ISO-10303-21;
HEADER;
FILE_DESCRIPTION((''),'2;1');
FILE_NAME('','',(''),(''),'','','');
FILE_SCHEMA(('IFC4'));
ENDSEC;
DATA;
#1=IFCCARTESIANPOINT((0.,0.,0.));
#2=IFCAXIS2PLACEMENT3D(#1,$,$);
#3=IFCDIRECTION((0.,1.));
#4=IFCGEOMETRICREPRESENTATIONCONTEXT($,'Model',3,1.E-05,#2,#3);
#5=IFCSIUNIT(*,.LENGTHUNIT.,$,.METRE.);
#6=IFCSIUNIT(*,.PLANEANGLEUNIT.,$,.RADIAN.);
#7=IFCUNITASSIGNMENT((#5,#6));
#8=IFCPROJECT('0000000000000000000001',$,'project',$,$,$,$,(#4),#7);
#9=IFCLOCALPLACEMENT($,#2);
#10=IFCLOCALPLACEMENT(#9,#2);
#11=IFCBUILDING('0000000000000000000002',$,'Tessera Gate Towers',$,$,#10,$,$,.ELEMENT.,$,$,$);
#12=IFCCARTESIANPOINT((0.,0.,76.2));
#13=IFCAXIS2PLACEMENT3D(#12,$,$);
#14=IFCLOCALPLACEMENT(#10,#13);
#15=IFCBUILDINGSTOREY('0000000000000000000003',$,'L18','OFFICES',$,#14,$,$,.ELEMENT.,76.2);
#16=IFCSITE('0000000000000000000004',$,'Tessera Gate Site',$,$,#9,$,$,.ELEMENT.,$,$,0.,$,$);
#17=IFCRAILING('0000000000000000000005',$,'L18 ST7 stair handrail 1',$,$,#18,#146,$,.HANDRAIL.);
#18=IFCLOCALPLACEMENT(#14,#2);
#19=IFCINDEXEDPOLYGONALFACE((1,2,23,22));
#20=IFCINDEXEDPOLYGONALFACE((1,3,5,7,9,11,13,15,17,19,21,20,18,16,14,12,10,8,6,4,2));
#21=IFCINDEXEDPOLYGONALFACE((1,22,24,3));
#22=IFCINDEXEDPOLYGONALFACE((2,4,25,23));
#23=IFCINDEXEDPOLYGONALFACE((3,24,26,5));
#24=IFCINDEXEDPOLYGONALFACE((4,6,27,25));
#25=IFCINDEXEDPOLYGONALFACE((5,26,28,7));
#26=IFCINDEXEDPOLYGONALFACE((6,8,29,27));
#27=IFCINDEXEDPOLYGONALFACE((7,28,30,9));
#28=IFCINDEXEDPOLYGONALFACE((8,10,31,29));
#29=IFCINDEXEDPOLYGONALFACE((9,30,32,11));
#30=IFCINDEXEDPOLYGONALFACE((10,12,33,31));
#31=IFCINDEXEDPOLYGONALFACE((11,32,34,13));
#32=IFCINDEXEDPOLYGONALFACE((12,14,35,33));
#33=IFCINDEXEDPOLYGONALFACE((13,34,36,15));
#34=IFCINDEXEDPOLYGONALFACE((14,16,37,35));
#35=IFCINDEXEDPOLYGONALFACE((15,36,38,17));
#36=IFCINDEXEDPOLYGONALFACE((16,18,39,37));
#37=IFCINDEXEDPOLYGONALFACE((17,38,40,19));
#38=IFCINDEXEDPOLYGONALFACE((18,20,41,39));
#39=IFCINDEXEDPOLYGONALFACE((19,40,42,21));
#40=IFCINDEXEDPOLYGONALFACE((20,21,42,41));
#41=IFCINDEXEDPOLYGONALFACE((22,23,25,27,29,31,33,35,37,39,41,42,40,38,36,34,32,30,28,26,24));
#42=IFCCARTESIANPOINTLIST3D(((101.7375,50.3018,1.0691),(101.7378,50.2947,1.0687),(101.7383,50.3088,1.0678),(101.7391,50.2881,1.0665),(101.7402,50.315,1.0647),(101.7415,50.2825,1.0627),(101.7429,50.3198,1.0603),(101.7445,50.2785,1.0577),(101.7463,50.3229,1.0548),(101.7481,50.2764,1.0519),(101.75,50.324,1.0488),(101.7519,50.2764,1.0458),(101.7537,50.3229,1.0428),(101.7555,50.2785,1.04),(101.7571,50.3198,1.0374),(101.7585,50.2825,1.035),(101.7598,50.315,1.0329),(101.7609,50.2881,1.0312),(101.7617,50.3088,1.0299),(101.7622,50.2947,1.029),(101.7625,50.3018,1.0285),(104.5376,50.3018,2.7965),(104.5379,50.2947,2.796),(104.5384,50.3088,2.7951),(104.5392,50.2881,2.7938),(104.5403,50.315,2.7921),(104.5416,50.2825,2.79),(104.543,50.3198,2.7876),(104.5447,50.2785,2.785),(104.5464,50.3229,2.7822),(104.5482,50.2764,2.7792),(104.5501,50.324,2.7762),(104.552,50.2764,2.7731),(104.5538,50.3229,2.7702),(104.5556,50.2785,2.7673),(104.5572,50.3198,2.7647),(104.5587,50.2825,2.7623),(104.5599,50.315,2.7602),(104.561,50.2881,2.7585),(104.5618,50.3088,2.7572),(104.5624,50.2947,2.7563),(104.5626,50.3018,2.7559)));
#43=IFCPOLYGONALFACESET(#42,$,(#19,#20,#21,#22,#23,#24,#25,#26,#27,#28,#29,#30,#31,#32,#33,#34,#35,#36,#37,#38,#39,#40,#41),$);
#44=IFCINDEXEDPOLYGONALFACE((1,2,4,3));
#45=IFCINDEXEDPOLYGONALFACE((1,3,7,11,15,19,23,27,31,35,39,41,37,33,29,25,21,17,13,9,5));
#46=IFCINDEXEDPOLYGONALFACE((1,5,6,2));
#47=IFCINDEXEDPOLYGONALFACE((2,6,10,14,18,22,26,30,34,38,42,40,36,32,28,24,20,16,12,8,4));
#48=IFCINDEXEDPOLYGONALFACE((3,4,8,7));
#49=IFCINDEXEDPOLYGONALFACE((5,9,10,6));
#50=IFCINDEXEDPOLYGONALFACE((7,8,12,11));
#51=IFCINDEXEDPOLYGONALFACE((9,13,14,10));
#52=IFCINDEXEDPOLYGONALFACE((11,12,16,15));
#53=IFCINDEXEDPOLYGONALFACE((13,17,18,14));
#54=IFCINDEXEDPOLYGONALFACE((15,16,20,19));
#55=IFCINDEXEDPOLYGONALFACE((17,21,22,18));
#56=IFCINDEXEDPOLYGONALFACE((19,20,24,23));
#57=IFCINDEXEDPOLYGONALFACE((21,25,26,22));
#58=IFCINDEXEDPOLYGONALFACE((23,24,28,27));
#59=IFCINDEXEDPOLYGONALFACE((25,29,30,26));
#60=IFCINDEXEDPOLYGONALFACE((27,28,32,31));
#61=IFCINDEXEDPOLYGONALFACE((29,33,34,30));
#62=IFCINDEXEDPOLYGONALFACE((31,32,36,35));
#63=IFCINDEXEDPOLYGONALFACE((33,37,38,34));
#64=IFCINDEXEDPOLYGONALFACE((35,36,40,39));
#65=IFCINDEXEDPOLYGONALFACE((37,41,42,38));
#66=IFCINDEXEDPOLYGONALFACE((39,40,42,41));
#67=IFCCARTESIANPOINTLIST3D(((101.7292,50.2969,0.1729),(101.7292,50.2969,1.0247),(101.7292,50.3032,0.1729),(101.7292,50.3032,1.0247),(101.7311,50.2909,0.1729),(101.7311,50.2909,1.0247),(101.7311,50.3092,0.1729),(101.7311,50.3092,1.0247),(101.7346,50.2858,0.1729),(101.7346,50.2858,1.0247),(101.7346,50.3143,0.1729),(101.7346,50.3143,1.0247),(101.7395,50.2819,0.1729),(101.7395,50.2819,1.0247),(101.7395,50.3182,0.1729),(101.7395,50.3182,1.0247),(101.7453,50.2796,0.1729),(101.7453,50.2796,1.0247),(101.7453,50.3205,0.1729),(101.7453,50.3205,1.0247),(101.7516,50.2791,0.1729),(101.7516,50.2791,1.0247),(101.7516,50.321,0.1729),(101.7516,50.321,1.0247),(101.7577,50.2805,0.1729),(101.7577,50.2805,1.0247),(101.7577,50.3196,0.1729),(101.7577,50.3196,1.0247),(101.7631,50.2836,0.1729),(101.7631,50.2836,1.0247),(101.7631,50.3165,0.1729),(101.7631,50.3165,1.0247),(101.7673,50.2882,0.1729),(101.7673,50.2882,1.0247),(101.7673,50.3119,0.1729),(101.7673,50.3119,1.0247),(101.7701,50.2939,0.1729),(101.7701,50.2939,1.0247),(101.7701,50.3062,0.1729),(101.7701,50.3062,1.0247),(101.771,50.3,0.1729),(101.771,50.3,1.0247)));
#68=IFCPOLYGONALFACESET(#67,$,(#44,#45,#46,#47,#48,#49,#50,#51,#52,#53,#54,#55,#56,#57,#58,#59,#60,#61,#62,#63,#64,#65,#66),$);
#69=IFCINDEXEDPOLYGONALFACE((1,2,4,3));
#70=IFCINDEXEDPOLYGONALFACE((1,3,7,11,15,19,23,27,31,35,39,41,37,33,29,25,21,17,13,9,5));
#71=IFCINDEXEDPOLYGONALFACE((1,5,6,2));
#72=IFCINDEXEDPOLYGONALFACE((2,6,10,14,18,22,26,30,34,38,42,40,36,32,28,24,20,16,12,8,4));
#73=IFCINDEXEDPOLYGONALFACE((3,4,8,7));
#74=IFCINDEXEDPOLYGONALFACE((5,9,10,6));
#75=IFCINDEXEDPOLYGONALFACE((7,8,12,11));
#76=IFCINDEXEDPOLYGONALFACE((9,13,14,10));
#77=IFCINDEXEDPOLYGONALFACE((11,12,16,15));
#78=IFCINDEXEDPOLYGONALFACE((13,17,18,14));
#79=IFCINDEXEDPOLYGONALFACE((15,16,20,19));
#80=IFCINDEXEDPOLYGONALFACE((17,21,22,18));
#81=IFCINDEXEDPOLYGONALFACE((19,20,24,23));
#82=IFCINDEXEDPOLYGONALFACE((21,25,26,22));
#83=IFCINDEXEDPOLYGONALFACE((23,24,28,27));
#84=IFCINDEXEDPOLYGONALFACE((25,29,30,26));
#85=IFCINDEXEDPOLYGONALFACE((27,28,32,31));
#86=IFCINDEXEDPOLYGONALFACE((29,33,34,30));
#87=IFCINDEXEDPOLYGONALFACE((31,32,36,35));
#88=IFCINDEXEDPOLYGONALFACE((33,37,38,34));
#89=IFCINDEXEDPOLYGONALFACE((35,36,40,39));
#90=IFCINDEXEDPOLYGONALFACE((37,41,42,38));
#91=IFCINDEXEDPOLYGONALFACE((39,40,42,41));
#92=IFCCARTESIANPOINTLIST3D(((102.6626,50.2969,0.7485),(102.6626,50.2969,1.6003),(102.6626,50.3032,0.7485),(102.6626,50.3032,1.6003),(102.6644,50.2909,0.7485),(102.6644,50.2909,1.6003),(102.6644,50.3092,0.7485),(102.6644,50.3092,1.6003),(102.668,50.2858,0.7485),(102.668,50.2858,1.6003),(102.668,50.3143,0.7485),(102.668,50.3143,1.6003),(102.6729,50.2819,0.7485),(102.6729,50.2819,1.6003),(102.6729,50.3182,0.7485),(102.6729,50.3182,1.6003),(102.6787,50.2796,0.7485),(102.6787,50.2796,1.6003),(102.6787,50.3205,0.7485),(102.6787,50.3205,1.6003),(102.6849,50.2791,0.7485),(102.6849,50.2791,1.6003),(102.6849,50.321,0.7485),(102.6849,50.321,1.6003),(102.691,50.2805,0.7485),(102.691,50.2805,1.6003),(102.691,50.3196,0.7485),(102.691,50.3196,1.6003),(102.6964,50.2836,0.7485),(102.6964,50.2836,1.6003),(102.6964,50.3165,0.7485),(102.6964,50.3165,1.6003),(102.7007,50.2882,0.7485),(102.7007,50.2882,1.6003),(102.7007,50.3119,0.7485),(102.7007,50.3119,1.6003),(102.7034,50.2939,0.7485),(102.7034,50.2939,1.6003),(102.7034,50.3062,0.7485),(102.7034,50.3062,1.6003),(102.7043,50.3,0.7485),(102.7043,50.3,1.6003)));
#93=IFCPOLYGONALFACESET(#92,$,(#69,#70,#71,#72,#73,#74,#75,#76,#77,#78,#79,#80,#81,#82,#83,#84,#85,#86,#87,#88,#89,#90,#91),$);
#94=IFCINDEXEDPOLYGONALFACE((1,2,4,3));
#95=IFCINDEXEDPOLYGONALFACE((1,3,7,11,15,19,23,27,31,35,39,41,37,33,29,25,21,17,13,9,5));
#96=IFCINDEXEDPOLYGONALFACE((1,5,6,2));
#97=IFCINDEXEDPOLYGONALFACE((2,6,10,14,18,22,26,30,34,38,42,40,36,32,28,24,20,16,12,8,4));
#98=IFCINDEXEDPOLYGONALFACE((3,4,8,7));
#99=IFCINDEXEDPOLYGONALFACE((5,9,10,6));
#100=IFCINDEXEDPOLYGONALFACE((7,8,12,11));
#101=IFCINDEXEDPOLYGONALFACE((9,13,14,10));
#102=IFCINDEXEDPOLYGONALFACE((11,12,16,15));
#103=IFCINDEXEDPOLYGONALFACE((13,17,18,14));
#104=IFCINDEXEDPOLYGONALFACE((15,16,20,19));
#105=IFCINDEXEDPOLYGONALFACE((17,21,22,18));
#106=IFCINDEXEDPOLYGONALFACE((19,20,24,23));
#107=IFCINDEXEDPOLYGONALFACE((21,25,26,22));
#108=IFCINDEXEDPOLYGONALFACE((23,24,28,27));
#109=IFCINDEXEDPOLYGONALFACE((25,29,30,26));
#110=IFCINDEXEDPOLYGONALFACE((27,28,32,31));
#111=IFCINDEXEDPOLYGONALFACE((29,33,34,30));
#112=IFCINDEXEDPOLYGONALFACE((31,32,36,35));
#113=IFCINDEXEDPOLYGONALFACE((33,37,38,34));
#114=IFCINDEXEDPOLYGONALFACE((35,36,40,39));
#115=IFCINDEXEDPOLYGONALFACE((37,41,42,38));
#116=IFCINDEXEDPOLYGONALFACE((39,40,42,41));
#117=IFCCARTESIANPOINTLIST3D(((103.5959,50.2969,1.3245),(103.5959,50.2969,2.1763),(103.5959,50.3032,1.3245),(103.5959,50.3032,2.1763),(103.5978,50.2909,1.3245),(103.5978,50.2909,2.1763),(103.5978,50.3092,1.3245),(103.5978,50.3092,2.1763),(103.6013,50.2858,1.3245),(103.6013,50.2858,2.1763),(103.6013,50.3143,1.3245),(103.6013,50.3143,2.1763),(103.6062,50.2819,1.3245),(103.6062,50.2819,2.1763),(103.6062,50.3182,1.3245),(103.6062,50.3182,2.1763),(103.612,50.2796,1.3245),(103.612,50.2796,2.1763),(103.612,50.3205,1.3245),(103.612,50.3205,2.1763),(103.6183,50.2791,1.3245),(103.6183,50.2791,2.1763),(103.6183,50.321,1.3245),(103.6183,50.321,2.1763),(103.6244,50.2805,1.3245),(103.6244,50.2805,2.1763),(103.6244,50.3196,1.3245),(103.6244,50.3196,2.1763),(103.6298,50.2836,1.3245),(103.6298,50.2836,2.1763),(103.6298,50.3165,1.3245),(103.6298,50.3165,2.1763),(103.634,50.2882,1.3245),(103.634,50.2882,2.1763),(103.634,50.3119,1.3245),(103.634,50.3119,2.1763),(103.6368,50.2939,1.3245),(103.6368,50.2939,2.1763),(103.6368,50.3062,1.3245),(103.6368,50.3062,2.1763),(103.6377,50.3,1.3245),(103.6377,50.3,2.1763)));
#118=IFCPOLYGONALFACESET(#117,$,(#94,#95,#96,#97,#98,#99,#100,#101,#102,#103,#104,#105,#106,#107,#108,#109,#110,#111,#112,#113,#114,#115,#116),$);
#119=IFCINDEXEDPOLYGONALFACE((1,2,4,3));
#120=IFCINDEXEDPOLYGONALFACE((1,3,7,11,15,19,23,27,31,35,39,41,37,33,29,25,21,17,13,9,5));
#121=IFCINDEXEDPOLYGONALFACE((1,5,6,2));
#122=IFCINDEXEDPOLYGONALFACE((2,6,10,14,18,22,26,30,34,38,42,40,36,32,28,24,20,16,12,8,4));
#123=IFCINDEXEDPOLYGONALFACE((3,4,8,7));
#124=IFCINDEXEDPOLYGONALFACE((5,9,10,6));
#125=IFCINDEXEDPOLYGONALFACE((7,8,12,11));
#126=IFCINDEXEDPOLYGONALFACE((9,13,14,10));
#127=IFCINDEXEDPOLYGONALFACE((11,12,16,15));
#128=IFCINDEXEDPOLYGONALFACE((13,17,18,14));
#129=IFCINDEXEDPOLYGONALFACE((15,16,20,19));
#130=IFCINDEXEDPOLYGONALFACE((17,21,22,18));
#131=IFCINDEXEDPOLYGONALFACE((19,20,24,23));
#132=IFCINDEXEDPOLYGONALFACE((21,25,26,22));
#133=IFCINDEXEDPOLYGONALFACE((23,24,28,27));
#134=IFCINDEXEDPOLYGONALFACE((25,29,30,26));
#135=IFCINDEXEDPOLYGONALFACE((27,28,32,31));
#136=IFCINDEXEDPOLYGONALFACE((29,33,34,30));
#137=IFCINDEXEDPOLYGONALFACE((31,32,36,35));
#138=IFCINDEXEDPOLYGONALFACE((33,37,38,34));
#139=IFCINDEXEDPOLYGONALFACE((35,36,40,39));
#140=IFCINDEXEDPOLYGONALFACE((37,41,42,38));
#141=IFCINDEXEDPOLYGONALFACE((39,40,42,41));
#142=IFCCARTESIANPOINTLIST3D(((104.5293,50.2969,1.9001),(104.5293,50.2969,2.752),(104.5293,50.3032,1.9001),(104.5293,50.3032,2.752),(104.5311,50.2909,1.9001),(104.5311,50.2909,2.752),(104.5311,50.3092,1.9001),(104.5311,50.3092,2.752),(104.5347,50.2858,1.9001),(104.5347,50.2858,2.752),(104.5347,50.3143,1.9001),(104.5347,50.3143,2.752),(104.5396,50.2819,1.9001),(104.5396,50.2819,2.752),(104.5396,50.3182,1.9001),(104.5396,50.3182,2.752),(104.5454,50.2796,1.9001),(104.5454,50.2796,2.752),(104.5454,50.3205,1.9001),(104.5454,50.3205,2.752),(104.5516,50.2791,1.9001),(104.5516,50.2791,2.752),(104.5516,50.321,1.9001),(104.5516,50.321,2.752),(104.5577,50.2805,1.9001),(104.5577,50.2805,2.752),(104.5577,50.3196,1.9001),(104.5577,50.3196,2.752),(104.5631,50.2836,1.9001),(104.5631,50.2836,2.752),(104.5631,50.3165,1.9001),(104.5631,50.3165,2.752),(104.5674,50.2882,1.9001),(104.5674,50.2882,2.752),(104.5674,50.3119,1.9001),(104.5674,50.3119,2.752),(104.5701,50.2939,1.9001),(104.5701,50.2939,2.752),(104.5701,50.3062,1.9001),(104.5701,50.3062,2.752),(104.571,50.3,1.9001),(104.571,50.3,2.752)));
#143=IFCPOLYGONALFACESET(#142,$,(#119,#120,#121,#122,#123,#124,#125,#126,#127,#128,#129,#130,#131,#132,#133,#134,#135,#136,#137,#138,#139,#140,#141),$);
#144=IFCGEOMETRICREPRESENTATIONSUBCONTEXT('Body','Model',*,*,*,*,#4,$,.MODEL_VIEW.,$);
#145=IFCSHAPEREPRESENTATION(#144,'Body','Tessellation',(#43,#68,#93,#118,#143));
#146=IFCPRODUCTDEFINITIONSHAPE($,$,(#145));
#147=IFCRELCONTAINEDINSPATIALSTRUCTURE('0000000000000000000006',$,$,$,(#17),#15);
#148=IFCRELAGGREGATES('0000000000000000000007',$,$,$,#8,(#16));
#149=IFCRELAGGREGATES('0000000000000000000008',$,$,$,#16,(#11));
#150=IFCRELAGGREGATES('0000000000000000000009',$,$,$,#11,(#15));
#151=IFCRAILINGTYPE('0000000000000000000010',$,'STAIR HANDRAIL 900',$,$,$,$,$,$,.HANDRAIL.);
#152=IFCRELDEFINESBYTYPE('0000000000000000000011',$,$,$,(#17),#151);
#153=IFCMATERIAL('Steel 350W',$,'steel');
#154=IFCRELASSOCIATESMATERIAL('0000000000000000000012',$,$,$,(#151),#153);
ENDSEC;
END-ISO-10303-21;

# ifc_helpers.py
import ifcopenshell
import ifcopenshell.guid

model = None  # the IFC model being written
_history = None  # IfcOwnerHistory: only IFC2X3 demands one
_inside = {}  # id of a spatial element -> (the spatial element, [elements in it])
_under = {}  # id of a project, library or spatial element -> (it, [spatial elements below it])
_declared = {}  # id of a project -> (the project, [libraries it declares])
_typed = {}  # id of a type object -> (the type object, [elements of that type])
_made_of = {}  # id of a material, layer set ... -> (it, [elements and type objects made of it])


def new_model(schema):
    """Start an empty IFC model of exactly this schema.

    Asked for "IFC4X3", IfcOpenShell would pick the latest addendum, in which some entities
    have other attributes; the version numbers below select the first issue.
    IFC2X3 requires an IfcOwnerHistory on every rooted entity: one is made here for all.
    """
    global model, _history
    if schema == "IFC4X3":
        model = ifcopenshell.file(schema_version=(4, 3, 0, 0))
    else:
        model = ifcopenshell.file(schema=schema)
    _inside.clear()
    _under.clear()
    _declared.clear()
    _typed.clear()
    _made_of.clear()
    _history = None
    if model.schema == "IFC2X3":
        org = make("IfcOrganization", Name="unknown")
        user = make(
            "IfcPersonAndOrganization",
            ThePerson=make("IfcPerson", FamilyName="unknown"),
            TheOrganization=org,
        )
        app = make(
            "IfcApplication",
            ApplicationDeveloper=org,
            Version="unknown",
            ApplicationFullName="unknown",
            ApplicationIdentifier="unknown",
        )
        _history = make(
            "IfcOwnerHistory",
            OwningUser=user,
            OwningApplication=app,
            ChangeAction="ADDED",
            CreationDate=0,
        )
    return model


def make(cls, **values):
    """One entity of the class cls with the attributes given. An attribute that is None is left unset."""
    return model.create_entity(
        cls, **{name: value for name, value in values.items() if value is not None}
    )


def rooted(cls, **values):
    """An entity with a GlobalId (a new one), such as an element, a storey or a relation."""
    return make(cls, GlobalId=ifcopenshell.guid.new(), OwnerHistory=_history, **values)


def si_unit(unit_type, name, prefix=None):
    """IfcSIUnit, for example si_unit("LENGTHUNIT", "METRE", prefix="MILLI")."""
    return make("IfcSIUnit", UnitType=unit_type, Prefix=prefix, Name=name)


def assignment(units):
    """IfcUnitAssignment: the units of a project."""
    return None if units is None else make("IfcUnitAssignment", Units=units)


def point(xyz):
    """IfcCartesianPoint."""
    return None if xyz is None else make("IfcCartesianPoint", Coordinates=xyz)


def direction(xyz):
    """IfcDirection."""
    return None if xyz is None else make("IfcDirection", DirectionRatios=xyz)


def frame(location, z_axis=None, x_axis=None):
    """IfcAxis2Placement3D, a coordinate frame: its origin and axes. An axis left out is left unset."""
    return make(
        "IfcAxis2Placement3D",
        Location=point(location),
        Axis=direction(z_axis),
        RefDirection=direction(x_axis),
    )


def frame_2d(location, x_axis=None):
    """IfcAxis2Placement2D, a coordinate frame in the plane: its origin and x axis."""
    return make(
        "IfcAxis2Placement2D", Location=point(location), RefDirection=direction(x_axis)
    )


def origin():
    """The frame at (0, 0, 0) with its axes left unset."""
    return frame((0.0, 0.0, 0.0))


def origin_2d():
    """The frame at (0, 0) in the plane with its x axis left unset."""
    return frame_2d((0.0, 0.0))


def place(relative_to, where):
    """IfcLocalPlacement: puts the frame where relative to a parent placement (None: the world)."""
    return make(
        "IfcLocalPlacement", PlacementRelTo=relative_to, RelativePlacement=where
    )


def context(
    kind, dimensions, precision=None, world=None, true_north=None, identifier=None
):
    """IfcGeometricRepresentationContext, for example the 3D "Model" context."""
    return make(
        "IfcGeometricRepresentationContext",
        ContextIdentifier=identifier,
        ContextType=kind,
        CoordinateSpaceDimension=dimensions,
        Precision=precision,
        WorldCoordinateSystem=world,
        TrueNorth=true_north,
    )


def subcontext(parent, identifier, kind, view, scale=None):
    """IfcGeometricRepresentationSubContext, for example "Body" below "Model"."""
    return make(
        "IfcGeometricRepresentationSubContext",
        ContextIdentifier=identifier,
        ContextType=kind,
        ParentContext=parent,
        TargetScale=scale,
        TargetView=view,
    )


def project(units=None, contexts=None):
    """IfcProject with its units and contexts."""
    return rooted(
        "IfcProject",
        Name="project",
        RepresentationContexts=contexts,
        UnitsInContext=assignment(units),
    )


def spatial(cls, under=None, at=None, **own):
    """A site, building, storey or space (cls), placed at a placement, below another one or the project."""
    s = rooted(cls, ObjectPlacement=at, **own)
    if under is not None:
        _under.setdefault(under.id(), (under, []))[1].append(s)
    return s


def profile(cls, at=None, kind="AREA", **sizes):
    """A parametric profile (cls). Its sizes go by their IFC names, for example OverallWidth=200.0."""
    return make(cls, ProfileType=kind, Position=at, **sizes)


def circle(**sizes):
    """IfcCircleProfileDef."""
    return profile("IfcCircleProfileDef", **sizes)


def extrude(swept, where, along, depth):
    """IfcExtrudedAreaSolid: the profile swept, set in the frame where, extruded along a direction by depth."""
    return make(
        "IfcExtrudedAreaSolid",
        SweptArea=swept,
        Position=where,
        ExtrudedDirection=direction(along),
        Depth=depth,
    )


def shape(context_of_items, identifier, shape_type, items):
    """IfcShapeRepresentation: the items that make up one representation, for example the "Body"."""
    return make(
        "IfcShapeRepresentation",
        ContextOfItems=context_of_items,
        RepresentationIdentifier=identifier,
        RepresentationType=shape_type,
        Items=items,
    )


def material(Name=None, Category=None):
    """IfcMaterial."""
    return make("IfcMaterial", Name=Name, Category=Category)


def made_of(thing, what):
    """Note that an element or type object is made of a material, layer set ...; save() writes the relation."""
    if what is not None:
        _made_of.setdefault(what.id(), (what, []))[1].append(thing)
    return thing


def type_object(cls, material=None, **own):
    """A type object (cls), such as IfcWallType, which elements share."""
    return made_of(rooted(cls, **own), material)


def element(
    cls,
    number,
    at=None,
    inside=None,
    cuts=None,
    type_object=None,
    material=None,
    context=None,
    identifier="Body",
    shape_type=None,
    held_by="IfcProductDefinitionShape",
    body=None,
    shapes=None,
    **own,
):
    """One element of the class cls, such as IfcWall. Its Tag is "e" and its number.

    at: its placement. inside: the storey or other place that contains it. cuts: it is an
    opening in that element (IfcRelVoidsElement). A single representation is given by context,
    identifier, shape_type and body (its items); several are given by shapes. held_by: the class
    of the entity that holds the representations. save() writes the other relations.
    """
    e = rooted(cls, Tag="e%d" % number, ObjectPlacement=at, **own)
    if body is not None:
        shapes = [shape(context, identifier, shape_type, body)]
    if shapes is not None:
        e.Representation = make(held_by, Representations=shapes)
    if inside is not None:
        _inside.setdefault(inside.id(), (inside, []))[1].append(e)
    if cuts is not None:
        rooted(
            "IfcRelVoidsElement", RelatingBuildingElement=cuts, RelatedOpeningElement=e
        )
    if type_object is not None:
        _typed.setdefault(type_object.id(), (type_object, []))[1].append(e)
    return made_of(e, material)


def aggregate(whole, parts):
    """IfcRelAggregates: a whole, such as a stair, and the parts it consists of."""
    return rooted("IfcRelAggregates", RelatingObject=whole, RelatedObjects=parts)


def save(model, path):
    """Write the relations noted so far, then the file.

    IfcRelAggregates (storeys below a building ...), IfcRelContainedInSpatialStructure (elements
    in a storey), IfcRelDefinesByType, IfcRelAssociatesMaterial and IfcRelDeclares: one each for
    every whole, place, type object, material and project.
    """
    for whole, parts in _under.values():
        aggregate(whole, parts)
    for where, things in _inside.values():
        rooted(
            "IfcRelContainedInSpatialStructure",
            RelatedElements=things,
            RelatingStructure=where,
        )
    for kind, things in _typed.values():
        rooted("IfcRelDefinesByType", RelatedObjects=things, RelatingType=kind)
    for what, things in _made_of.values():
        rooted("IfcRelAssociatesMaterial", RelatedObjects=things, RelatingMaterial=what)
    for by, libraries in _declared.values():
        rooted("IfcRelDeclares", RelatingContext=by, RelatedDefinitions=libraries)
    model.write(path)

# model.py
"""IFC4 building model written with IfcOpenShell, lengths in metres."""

from ifc_helpers import new_model, si_unit, direction, frame, origin, origin_2d, place, context, subcontext, project, spatial, circle, extrude, material, type_object, element, save


model = new_model("IFC4")

# Units and contexts
model_context = context("Model", 3, precision=1e-05, world=origin(), true_north=direction((0.0, 1.0)))
body_context = subcontext(model_context, "Body", "Model", "MODEL_VIEW")
ifc_project = project(units=[si_unit("LENGTHUNIT", "METRE"), si_unit("PLANEANGLEUNIT", "RADIAN")], contexts=[model_context])

# Site, building, storey
site_placement = place(None, origin())
site = spatial("IfcSite", under=ifc_project, at=site_placement, Name="Tessera Gate Site", CompositionType="ELEMENT", RefElevation=0.0)
building_placement = place(site_placement, origin())
building = spatial("IfcBuilding", under=site, at=building_placement, Name="Tessera Gate Towers", CompositionType="ELEMENT")
storey_placement = place(building_placement, frame((0.0, 0.0, 76.2)))
storey = spatial("IfcBuildingStorey", under=building, at=storey_placement, Name="L18", Description="OFFICES", CompositionType="ELEMENT", Elevation=76.2)

# Railing
ifc_material_1 = material(Name="Steel 350W", Category="steel")
railing_type_1 = type_object("IfcRailingType", Name="STAIR HANDRAIL 900", PredefinedType="HANDRAIL", material=ifc_material_1)
railing_1_placement = place(storey_placement, frame((101.75, 50.3, 0.1729)))
element("IfcRailing", 1, at=railing_1_placement, inside=storey, type_object=railing_type_1, Name="L18 ST7 stair handrail 1", PredefinedType="HANDRAIL", context=body_context, shape_type="SweptSolid", body=[
    extrude(circle(Radius=0.0239, at=origin_2d()), frame((0.0, 0.0, 0.876), z_axis=(0.85109, 0.0, 0.52502), x_axis=(0.0, 1.0, 0.0)), (0.0, 0.0, 1.0), 3.29),
    extrude(circle(Radius=0.021, at=origin_2d()), origin(), (0.0, 0.0, 1.0), 0.8518),
    extrude(circle(Radius=0.021, at=origin_2d()), frame((0.9333, 0.0, 0.5757)), (0.0, 0.0, 1.0), 0.8518),
    extrude(circle(Radius=0.021, at=origin_2d()), frame((1.8667, 0.0, 1.1516)), (0.0, 0.0, 1.0), 0.8518),
    extrude(circle(Radius=0.021, at=origin_2d()), frame((2.8, 0.0, 1.7273)), (0.0, 0.0, 1.0), 0.8518),
])

save(model, "model.ifc")
